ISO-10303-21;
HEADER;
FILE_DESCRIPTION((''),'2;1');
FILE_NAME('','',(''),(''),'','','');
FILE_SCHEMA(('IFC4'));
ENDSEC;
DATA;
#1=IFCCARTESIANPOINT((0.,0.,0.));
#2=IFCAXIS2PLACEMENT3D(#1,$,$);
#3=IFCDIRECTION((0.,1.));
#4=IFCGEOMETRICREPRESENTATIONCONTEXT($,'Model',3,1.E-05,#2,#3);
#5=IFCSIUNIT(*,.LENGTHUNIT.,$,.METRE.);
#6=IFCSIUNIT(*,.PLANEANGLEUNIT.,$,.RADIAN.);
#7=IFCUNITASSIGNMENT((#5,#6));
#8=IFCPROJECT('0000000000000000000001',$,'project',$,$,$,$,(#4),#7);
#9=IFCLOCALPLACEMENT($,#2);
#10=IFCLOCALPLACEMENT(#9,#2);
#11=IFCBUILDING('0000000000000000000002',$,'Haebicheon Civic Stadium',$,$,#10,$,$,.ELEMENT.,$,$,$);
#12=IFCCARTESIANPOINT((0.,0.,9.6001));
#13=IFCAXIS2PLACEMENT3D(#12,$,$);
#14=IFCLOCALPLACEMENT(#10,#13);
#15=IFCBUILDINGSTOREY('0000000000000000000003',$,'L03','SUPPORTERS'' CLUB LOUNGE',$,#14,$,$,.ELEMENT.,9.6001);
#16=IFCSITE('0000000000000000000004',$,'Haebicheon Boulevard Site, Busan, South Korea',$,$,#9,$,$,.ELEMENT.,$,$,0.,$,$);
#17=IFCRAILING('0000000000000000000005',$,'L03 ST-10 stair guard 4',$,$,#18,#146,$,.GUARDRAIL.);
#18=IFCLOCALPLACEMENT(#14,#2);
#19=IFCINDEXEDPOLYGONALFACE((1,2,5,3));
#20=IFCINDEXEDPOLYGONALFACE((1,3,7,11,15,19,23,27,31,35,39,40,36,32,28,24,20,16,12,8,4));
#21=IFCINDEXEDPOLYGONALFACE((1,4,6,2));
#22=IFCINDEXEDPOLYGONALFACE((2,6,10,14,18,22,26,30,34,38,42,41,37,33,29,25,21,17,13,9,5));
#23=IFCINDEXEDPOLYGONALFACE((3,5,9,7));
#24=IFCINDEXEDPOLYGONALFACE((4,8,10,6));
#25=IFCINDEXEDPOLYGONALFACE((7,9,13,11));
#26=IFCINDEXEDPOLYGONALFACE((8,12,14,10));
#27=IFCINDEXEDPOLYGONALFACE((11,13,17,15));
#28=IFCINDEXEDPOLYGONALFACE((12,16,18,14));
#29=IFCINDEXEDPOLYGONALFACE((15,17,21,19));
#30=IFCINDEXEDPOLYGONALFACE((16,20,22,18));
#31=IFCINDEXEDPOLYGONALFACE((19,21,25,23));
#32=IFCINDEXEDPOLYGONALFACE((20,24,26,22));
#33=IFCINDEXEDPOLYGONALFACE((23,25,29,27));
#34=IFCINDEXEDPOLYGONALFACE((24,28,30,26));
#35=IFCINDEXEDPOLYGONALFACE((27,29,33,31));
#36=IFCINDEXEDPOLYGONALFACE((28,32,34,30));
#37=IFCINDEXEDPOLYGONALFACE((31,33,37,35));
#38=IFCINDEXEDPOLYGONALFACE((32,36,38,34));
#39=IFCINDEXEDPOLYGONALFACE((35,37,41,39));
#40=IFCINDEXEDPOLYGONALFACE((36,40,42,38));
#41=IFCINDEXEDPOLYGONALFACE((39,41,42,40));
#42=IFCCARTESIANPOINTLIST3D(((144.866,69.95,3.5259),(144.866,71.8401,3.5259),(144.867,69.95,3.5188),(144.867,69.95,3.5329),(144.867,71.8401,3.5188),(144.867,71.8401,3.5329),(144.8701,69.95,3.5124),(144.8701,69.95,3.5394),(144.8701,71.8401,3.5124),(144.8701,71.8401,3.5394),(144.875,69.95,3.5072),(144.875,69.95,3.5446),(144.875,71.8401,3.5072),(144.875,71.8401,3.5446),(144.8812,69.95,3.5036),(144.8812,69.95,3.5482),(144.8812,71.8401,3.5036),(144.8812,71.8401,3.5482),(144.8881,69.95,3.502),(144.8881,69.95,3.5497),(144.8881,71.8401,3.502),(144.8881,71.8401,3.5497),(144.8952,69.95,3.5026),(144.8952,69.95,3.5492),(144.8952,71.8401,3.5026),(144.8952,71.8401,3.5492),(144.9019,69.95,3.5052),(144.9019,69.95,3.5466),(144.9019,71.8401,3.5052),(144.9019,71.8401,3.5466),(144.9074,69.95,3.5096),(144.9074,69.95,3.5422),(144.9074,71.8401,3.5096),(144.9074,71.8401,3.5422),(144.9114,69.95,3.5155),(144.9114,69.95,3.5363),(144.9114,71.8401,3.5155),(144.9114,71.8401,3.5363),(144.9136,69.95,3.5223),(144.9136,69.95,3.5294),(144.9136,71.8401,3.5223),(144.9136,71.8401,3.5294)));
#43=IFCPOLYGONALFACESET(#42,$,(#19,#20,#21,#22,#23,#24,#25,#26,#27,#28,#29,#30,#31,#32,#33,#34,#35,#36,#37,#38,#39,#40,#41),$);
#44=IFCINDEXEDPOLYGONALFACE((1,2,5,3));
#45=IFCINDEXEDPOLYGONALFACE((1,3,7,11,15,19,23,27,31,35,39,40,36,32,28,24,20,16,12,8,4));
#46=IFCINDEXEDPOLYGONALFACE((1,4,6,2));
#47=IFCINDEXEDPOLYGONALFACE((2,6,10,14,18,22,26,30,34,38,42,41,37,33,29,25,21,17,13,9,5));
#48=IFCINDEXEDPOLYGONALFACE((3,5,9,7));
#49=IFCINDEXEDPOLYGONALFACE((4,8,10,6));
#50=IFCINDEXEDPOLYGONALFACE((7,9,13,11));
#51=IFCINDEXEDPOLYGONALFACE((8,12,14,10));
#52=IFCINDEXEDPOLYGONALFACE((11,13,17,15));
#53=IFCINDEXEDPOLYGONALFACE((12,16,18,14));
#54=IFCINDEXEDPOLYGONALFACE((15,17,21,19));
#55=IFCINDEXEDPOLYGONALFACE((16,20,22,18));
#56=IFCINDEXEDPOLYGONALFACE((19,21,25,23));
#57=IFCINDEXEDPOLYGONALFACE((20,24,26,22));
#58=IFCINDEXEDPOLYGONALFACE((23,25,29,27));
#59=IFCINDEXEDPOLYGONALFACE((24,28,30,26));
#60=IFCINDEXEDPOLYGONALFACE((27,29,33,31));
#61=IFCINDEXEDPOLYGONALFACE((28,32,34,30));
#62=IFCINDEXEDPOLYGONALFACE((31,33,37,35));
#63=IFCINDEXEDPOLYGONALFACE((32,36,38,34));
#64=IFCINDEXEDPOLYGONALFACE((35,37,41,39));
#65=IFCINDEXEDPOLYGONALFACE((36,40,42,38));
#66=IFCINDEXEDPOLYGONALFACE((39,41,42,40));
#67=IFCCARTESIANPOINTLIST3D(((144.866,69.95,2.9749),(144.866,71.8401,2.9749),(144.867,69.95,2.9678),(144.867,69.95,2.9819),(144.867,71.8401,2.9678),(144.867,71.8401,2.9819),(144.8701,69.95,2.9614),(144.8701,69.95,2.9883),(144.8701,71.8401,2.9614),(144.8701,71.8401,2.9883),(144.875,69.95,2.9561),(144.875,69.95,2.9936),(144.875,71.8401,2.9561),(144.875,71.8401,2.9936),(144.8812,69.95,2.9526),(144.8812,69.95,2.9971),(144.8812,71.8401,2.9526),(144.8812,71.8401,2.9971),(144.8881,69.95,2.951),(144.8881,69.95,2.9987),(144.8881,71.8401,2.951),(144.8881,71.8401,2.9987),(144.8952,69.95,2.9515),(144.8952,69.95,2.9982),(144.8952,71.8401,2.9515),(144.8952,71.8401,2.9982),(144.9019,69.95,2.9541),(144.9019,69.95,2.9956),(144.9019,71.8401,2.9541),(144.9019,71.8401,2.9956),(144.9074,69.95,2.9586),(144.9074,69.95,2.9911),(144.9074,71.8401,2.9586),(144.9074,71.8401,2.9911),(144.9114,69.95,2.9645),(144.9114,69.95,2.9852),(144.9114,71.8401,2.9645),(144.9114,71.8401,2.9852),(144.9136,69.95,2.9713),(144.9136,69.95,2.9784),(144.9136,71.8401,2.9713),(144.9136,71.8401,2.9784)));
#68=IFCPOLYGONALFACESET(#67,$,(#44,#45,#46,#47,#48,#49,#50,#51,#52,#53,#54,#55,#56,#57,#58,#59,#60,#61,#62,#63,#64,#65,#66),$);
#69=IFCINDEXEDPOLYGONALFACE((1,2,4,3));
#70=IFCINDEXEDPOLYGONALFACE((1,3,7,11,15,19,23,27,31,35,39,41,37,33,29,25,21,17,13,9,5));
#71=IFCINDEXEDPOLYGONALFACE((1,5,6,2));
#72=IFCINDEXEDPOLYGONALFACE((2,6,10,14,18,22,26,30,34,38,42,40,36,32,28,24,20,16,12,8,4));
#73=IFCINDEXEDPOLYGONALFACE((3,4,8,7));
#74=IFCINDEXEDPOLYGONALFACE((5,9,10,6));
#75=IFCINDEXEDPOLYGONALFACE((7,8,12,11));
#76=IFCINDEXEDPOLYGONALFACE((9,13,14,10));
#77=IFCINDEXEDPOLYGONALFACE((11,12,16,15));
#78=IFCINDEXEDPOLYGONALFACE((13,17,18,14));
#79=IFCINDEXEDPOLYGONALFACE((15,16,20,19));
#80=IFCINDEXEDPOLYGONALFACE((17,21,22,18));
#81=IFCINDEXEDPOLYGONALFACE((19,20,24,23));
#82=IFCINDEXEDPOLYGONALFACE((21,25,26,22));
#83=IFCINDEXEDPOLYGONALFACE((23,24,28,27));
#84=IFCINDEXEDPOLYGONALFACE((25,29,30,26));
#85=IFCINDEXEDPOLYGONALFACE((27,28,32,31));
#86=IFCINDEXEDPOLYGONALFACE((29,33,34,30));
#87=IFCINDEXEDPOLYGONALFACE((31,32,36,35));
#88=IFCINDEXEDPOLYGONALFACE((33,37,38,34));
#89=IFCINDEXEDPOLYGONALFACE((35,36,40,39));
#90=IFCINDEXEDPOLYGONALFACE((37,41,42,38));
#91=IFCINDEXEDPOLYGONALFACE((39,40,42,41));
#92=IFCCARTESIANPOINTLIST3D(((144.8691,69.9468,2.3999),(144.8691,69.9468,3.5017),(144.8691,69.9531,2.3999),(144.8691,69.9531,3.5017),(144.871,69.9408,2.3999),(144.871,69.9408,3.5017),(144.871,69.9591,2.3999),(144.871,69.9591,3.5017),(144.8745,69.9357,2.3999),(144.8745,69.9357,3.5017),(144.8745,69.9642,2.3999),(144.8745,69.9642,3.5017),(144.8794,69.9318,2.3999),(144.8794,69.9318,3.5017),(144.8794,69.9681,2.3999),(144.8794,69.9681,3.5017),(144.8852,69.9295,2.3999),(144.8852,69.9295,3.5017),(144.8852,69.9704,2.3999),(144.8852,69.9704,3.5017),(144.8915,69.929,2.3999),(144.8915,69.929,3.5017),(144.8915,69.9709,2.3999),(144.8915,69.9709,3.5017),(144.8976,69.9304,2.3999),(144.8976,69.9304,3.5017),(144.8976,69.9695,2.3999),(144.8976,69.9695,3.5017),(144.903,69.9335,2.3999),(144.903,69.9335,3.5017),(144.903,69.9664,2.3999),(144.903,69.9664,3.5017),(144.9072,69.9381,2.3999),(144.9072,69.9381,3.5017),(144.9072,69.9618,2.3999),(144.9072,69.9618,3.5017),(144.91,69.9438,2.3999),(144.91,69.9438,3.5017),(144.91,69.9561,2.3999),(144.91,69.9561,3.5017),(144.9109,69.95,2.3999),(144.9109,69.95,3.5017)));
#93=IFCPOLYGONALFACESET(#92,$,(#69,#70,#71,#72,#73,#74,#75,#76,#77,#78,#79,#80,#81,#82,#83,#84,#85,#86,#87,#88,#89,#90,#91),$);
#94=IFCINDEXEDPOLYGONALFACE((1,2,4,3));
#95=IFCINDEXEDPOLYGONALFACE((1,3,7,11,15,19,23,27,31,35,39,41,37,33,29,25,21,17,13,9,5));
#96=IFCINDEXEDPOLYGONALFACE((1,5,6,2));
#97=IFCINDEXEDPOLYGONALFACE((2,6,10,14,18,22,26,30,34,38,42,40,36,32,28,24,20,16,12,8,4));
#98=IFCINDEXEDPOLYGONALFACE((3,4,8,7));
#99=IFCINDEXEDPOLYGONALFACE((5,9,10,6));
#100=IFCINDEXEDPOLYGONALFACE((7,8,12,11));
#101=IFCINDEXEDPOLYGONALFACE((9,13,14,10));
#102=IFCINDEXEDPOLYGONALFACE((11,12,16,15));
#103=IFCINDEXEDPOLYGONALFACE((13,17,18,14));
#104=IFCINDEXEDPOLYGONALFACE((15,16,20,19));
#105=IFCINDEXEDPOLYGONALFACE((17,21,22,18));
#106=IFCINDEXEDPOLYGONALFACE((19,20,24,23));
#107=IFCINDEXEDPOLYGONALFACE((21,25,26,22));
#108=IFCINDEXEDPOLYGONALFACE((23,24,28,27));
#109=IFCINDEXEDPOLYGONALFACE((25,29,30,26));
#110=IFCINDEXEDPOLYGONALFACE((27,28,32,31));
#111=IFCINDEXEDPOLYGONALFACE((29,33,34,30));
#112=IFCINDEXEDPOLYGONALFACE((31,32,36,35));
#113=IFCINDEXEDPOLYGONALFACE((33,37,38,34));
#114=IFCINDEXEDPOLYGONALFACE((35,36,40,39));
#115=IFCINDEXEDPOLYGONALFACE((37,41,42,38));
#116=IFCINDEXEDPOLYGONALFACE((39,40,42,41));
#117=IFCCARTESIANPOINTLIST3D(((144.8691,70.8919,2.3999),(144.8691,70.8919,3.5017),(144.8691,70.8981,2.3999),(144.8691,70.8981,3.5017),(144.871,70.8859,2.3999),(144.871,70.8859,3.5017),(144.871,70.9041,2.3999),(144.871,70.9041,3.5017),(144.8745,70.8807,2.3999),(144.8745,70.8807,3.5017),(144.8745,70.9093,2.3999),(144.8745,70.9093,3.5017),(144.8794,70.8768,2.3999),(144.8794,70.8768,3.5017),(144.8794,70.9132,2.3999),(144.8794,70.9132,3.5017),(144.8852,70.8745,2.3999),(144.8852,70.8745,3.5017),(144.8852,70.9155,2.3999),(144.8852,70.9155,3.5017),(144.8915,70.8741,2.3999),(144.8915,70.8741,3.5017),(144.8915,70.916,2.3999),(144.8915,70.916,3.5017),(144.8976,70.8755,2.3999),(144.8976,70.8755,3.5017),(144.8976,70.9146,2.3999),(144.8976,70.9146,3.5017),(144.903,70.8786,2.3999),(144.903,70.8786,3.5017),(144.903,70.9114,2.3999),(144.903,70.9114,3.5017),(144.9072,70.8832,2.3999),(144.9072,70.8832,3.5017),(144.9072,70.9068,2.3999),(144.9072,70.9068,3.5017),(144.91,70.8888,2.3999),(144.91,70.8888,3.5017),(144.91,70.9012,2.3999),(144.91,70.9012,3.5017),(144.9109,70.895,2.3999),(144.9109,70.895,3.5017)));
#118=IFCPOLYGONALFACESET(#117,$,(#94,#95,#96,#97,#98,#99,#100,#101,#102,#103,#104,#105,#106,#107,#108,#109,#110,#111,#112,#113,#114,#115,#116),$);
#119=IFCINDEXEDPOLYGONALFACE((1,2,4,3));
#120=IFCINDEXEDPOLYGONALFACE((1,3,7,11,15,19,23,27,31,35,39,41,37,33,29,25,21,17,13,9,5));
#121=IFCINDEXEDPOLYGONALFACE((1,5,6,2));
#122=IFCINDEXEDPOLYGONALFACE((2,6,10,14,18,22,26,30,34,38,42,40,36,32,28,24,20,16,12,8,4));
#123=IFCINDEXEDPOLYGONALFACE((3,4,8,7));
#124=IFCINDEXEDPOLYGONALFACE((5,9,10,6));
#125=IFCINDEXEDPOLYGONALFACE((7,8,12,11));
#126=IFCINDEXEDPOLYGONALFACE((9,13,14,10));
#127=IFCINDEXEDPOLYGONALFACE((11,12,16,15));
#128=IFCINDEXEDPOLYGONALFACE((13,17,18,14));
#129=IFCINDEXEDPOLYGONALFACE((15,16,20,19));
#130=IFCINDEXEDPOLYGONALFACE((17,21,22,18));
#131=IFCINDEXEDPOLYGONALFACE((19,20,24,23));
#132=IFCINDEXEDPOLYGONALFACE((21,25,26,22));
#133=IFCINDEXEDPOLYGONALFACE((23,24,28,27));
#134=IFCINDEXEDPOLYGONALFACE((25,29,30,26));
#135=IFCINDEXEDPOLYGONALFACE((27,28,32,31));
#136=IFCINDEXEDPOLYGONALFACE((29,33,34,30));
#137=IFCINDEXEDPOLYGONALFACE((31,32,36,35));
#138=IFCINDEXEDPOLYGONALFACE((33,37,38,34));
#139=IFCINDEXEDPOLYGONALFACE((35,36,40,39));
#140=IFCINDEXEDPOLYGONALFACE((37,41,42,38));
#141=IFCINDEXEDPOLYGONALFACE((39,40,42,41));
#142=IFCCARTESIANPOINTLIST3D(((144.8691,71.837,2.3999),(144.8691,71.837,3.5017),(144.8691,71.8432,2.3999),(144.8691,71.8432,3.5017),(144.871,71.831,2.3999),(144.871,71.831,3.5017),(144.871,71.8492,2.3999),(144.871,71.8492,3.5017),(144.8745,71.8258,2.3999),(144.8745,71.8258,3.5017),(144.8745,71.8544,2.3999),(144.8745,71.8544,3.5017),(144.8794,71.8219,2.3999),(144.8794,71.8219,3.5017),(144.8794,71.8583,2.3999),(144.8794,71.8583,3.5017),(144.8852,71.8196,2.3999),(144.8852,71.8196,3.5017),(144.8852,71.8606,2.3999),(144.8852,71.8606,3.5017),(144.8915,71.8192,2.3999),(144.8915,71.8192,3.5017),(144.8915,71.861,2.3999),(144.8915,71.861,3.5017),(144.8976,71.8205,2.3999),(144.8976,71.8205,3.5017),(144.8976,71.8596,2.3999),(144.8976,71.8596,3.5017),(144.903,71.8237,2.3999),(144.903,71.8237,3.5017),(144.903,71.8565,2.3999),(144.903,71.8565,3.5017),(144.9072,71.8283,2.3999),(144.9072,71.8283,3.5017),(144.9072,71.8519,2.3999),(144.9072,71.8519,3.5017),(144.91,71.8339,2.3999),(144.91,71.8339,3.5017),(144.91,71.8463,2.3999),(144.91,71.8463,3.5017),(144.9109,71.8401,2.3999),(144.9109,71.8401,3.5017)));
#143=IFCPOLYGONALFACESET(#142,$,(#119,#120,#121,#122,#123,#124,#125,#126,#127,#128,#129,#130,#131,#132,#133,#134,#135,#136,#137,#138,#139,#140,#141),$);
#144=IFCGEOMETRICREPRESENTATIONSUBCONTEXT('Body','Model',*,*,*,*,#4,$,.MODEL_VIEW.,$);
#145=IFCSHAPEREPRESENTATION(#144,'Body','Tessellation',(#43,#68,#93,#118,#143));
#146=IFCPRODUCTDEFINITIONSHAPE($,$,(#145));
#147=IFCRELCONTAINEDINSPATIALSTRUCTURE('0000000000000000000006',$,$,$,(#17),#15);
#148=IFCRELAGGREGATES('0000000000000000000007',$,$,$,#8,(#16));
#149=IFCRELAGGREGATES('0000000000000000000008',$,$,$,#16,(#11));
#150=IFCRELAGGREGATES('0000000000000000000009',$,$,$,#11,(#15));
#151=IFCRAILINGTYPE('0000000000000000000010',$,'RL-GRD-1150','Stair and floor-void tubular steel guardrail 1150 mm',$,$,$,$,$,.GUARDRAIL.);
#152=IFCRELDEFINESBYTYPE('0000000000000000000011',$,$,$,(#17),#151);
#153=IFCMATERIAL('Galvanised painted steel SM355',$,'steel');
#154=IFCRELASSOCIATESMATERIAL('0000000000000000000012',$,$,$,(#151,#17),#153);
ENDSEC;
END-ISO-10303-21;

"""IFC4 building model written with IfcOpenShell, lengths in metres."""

from ifc_helpers import new_model, si_unit, direction, frame, origin, origin_2d, place, context, subcontext, project, spatial, circle, extrude, material, type_object, element, save


model = new_model("IFC4")

# Units and contexts
model_context = context("Model", 3, precision=1e-05, world=origin(), true_north=direction((0.0, 1.0)))
body_context = subcontext(model_context, "Body", "Model", "MODEL_VIEW")
ifc_project = project(units=[si_unit("LENGTHUNIT", "METRE"), si_unit("PLANEANGLEUNIT", "RADIAN")], contexts=[model_context])

# Site, building, storey
site_placement = place(None, origin())
site = spatial("IfcSite", under=ifc_project, at=site_placement, Name="Haebicheon Boulevard Site, Busan, South Korea", CompositionType="ELEMENT", RefElevation=0.0)
building_placement = place(site_placement, origin())
building = spatial("IfcBuilding", under=site, at=building_placement, Name="Haebicheon Civic Stadium", CompositionType="ELEMENT")
storey_placement = place(building_placement, frame((0.0, 0.0, 9.6001)))
storey = spatial("IfcBuildingStorey", under=building, at=storey_placement, Name="L03", Description="SUPPORTERS' CLUB LOUNGE", CompositionType="ELEMENT", Elevation=9.6001)

# Railing
ifc_material_1 = material(Name="Galvanised painted steel SM355", Category="steel")
railing_type_1 = type_object("IfcRailingType", Name="RL-GRD-1150", Description="Stair and floor-void tubular steel guardrail 1150 mm", PredefinedType="GUARDRAIL", material=ifc_material_1)
railing_1_placement = place(storey_placement, frame((144.8899, 69.95, 2.3999)))
element("IfcRailing", 1, at=railing_1_placement, inside=storey, type_object=railing_type_1, material=ifc_material_1, Name="L03 ST-10 stair guard 4", PredefinedType="GUARDRAIL", context=body_context, shape_type="SweptSolid", body=[
    extrude(circle(Radius=0.0239, at=origin_2d()), frame((0.0, 0.0, 1.126), z_axis=(0.0, 1.0, 0.0), x_axis=(-1.0, 0.0, 0.0)), (0.0, 0.0, 1.0), 1.8901),
    extrude(circle(Radius=0.0239, at=origin_2d()), frame((0.0, 0.0, 0.575), z_axis=(0.0, 1.0, 0.0), x_axis=(-1.0, 0.0, 0.0)), (0.0, 0.0, 1.0), 1.8901),
    extrude(circle(Radius=0.021, at=origin_2d()), origin(), (0.0, 0.0, 1.0), 1.1018),
    extrude(circle(Radius=0.021, at=origin_2d()), frame((0.0, 0.9451, 0.0)), (0.0, 0.0, 1.0), 1.1018),
    extrude(circle(Radius=0.021, at=origin_2d()), frame((0.0, 1.8901, 0.0)), (0.0, 0.0, 1.0), 1.1018),
])

save(model, "model.ifc")
